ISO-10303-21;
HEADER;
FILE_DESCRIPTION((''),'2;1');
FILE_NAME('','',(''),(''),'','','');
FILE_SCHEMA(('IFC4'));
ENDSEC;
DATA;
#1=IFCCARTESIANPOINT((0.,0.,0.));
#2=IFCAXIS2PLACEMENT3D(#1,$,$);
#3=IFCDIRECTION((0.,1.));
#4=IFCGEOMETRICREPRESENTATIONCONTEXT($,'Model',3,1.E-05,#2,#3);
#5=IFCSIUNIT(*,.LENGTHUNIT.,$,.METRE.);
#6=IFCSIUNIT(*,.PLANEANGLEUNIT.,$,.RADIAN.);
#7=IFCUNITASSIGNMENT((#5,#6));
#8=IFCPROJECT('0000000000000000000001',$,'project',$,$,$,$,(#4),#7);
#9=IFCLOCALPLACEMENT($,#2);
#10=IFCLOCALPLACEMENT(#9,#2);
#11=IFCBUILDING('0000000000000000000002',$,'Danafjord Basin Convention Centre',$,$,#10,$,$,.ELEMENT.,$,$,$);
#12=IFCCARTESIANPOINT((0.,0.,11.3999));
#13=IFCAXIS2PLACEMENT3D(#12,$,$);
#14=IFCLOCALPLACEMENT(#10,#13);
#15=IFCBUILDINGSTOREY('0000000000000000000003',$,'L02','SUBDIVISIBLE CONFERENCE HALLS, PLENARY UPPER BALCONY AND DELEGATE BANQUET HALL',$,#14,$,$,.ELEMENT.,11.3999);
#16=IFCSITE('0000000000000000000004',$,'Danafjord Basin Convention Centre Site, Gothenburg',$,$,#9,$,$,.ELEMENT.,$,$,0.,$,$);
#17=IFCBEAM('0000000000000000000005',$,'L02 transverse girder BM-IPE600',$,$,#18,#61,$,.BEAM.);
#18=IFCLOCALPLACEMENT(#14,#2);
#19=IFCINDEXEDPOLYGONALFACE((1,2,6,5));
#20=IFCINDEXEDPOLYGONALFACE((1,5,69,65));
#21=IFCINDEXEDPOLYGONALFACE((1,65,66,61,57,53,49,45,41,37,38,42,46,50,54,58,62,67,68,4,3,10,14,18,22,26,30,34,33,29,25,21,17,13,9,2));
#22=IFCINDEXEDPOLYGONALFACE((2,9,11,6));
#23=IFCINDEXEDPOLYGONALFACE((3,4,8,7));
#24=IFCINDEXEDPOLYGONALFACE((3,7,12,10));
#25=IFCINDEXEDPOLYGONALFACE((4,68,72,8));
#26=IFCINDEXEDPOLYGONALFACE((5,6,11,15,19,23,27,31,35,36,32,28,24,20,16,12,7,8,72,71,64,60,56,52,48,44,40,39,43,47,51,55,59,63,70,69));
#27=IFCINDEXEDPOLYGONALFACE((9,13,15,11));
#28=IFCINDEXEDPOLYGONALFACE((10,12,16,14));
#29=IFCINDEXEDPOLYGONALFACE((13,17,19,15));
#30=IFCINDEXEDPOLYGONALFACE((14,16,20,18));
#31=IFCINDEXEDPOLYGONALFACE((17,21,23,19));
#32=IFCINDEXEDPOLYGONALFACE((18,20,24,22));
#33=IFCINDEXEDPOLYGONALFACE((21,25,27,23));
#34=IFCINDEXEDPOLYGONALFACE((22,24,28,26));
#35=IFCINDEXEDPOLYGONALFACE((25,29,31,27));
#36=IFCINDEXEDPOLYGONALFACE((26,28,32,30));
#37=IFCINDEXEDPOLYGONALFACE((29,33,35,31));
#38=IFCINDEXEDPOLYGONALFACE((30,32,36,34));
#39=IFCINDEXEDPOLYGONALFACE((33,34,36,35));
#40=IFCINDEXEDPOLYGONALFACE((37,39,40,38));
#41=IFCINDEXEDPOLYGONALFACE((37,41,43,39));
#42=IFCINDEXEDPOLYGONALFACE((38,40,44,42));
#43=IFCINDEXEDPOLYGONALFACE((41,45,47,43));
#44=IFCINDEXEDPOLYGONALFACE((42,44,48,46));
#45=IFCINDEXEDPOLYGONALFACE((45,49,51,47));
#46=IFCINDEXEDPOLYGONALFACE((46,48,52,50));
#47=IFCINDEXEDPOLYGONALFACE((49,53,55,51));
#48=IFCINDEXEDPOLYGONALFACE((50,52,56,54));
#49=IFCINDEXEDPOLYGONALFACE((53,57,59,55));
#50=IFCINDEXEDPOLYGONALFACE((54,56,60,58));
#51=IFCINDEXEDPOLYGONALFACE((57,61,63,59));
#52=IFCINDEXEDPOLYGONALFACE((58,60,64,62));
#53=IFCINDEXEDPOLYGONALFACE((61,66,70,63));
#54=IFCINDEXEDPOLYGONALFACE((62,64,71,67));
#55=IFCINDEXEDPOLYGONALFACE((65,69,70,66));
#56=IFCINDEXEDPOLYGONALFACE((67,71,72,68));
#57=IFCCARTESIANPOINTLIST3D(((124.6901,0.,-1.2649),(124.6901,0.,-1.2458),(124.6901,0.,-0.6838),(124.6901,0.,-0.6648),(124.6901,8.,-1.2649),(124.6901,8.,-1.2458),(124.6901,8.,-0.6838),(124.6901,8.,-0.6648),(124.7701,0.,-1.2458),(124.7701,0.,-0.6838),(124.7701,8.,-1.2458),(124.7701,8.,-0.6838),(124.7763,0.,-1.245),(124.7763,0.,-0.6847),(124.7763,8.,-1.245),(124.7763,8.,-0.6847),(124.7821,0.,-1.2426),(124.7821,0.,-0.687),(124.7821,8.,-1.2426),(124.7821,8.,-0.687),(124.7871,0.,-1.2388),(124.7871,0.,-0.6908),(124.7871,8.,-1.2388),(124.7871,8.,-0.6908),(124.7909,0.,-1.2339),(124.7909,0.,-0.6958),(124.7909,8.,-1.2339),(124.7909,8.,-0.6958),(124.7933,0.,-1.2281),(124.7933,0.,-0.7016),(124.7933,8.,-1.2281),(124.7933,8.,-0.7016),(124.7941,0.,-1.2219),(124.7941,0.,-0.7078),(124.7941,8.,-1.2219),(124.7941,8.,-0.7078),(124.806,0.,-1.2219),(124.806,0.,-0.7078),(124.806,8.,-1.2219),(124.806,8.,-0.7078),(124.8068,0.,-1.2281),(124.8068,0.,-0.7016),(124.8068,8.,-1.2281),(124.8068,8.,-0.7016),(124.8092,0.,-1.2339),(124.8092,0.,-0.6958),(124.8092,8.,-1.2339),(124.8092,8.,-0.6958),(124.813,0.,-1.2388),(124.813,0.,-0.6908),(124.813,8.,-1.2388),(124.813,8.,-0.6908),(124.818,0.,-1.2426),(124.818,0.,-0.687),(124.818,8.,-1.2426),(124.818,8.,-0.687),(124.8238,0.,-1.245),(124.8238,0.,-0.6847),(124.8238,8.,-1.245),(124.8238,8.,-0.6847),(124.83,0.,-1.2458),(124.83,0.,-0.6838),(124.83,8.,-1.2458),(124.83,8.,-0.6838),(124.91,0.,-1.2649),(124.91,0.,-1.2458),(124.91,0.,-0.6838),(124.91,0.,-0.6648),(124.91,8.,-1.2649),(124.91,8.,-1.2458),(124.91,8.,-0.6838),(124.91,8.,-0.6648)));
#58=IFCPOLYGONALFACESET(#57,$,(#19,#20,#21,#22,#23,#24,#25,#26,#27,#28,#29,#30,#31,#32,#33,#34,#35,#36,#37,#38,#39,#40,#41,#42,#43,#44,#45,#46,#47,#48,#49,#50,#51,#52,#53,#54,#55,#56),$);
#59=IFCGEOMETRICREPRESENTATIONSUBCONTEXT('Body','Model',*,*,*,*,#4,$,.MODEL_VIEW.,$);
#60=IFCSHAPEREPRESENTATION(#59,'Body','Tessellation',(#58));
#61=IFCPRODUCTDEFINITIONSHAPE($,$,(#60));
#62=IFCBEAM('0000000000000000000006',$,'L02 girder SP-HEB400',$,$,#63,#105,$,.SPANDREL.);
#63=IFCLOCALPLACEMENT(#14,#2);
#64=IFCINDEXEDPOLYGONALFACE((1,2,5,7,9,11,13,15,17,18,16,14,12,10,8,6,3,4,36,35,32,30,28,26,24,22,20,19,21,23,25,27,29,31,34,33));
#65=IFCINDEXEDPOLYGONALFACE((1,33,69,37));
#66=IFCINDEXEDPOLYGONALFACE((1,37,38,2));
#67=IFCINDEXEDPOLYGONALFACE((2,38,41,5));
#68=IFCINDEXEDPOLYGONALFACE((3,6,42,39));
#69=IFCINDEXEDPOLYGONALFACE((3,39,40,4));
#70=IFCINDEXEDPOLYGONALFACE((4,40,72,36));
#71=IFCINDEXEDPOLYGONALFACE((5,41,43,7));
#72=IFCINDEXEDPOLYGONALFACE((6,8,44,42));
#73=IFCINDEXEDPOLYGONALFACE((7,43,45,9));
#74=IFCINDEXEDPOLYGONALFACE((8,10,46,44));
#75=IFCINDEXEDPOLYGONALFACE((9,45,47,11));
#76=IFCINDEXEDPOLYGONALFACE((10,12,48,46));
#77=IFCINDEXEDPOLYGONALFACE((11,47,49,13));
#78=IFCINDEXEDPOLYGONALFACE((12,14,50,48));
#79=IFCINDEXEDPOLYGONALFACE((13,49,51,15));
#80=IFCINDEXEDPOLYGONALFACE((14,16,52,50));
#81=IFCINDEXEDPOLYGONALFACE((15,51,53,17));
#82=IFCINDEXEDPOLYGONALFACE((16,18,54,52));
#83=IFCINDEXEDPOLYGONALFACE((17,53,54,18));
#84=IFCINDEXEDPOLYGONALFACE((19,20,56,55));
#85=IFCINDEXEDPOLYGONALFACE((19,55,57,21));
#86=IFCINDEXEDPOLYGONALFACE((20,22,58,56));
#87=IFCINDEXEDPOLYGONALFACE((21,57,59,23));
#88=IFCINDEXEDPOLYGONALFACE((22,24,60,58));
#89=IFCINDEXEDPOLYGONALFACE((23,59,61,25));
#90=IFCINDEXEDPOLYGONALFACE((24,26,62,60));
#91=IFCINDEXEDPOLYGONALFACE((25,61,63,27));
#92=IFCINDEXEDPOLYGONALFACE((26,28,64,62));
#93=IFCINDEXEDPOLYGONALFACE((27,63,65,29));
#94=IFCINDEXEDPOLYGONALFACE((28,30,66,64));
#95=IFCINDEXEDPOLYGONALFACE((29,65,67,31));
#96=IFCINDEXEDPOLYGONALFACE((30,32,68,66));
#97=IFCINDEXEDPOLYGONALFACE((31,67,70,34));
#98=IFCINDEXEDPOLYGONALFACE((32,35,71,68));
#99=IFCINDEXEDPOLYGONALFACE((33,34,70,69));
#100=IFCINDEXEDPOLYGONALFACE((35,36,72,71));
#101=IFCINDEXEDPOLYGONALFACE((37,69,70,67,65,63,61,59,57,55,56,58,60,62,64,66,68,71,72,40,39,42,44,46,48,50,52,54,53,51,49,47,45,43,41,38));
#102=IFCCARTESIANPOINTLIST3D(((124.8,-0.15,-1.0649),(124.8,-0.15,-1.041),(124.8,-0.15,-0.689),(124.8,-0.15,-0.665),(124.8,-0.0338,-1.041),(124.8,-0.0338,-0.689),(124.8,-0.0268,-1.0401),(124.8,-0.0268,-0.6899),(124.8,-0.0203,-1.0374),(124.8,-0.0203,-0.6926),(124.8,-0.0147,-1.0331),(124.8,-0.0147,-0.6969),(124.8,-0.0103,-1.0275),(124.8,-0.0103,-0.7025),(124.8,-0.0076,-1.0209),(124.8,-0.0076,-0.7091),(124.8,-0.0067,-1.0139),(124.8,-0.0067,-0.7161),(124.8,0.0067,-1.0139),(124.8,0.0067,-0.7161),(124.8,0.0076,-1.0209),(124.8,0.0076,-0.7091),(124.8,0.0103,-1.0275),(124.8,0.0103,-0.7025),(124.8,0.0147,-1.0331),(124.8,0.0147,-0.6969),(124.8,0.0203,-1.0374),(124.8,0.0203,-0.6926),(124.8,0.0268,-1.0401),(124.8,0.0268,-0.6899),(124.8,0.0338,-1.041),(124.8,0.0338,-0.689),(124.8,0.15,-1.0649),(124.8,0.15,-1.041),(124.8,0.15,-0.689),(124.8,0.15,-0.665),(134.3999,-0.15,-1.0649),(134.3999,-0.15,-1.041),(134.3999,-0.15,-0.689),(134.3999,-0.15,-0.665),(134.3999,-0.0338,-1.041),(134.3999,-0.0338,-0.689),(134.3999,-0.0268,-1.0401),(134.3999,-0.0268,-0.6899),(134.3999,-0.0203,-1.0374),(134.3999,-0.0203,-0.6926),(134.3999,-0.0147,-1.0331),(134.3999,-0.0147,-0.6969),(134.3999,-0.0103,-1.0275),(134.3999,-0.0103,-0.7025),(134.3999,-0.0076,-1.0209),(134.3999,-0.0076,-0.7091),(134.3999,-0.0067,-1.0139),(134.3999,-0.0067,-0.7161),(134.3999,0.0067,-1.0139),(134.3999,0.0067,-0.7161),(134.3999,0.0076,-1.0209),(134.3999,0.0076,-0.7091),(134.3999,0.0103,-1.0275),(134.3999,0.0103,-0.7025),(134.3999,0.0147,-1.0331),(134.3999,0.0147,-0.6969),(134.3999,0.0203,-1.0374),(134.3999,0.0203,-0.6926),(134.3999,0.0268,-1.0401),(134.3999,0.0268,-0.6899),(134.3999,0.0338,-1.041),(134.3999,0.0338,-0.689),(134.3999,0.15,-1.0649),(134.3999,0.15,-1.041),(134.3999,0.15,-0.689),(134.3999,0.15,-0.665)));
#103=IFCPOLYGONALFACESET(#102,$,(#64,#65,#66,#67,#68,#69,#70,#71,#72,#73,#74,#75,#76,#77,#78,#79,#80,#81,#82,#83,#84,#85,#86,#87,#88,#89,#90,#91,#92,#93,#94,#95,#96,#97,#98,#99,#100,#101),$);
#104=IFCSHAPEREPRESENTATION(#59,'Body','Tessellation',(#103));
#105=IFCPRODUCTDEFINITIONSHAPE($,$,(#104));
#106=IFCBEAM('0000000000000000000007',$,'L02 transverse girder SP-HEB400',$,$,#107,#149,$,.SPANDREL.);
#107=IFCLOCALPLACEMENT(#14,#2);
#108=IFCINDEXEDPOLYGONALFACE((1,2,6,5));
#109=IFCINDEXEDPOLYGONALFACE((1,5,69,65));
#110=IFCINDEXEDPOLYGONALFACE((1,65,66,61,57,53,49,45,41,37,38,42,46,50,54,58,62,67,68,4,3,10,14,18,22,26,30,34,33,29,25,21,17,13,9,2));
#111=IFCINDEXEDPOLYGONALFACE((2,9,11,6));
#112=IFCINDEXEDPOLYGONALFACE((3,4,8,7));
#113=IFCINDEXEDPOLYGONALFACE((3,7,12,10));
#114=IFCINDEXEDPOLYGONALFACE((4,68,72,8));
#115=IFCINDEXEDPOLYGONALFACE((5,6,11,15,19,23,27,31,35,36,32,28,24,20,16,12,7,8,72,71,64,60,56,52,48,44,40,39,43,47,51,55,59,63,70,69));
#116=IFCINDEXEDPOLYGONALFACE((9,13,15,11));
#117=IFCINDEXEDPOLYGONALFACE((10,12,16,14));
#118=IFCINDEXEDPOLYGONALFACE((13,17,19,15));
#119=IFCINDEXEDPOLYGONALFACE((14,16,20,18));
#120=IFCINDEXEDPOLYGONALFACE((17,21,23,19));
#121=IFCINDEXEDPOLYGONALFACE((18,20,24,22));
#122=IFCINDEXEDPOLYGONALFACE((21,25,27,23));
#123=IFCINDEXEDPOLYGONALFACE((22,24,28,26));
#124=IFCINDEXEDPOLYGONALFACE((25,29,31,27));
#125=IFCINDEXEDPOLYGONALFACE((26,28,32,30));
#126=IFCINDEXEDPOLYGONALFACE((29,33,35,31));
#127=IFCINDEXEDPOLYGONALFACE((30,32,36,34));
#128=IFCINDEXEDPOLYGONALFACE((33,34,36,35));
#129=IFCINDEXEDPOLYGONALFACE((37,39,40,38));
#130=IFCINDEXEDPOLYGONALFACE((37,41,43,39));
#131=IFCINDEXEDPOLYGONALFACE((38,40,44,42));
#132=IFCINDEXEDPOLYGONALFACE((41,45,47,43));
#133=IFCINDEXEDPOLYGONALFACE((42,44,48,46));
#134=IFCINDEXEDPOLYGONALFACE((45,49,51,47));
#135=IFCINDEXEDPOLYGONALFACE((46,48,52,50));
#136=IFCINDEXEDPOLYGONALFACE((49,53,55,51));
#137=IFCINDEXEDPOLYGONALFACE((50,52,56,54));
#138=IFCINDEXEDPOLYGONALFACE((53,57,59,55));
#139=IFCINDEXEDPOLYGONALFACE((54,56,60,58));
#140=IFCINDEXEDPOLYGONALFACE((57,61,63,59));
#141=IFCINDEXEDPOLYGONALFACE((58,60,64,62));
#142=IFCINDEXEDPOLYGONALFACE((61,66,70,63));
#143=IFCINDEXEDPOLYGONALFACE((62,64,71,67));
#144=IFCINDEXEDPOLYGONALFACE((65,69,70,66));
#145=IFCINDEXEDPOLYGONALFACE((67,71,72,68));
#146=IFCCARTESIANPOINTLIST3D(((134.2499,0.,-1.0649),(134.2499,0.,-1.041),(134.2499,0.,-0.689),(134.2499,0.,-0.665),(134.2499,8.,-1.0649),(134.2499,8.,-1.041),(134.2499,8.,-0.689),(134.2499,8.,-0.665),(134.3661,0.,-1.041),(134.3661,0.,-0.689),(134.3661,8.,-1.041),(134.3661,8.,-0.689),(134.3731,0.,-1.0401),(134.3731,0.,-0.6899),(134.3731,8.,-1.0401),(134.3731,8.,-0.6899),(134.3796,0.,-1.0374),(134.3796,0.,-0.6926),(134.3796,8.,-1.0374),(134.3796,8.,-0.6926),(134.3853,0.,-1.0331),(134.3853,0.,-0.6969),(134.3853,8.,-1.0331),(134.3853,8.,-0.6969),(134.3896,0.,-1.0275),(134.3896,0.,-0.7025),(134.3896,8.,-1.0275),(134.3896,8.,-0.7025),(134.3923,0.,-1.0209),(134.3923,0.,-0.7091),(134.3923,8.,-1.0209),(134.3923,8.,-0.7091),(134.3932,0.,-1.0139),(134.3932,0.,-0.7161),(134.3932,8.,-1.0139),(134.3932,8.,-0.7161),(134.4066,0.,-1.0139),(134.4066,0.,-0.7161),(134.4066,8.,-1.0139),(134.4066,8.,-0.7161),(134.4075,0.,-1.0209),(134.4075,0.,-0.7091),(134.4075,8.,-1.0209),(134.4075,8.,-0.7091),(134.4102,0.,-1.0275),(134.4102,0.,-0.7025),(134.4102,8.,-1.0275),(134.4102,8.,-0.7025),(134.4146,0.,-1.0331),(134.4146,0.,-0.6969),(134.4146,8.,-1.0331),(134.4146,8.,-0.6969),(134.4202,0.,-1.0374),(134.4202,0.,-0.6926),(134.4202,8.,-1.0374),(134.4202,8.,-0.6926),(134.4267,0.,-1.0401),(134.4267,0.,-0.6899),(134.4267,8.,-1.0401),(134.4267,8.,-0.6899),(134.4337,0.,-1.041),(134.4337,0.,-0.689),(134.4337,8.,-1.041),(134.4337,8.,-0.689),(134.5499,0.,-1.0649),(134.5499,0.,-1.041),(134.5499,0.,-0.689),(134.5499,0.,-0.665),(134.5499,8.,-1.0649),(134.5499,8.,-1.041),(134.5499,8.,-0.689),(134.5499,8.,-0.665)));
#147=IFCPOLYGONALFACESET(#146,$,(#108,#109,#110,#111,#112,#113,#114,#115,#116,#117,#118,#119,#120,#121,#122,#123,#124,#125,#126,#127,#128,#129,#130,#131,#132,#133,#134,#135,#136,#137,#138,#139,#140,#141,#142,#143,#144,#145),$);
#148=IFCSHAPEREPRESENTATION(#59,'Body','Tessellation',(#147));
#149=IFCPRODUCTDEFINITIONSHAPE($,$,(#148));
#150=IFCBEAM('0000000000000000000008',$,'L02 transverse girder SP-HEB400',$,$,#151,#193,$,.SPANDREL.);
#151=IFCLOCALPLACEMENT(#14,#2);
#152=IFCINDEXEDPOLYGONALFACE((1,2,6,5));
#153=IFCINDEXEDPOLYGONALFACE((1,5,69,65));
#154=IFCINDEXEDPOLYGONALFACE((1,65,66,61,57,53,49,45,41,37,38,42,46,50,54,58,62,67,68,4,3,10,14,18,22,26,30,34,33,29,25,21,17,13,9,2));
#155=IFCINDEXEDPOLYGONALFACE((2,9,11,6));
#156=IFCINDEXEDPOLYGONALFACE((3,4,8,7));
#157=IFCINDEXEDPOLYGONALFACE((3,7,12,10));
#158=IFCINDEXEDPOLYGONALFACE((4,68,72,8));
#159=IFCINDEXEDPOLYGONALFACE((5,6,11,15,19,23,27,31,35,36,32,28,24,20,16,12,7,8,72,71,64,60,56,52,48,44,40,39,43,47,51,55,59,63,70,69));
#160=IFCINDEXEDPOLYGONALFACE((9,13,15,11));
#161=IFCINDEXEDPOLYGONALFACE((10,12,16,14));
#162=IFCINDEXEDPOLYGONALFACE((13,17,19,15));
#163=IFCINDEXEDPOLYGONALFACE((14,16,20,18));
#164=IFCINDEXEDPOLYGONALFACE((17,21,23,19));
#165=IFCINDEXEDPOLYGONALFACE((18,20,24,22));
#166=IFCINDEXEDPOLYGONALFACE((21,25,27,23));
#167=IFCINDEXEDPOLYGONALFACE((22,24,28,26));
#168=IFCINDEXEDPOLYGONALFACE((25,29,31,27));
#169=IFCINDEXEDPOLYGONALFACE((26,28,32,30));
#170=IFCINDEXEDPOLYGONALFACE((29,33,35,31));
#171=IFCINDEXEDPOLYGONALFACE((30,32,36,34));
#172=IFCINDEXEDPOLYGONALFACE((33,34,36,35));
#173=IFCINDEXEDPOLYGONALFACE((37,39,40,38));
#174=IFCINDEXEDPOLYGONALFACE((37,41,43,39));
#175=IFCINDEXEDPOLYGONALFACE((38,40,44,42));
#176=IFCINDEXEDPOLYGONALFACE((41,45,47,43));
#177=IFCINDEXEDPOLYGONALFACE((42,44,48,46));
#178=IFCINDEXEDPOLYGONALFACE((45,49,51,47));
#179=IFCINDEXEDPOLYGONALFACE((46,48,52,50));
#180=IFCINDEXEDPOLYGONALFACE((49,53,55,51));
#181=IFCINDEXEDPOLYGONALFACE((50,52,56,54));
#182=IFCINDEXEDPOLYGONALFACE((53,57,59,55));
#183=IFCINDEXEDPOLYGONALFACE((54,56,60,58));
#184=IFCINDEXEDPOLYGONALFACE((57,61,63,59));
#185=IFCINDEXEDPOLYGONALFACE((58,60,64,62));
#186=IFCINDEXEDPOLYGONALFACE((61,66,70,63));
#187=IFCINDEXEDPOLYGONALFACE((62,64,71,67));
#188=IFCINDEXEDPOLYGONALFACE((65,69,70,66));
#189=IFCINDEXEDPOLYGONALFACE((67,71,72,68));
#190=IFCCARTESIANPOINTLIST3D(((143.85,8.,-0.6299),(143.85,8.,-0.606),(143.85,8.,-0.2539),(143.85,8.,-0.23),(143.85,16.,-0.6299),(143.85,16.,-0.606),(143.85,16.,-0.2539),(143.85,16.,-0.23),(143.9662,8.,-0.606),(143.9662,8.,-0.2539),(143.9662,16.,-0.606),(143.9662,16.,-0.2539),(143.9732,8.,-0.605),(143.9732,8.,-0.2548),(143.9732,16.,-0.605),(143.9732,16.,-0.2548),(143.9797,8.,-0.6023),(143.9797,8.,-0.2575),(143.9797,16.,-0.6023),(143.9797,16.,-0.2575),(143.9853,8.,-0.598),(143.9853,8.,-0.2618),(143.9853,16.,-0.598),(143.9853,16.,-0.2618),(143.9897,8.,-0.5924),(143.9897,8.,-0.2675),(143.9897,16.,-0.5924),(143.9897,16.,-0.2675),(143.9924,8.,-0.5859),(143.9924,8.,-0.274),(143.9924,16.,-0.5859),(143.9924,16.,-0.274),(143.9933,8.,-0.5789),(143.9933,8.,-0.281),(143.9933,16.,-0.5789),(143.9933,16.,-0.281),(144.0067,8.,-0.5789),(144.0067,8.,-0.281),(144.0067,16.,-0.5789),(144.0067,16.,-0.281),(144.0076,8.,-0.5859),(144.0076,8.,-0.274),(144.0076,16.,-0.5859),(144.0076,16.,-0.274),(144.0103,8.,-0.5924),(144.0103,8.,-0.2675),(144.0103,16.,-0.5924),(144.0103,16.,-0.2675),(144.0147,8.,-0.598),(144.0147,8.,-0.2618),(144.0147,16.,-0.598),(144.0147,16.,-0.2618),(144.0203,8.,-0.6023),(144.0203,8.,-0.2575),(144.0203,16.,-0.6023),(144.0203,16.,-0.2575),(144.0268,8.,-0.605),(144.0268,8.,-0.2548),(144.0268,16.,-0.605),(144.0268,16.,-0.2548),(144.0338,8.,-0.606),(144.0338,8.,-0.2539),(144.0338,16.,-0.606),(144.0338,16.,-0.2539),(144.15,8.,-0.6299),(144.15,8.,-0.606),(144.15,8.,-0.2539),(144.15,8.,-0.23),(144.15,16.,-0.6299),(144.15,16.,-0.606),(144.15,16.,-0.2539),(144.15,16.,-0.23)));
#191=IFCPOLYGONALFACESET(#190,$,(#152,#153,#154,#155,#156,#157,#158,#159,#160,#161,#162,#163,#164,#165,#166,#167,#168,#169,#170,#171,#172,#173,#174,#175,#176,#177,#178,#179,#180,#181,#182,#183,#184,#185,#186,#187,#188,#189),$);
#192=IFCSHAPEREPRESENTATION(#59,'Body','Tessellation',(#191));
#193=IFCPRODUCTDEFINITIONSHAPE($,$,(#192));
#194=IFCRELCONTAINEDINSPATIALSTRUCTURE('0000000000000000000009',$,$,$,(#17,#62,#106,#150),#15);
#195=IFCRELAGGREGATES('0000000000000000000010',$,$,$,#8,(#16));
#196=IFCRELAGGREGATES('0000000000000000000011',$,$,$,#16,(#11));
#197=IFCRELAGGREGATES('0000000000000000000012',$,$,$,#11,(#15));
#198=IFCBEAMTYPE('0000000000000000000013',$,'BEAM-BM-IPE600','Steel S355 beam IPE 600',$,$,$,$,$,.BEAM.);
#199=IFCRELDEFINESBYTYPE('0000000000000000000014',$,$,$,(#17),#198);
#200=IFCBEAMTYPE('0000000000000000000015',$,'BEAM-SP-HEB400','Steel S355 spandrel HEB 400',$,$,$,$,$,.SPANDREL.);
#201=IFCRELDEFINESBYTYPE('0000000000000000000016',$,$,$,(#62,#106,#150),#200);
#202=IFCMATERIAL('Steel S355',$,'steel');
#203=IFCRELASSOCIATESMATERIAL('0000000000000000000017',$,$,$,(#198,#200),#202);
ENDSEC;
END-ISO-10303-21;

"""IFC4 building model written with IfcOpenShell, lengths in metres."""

from ifc_helpers import new_model, si_unit, direction, frame, origin, origin_2d, place, context, subcontext, project, spatial, i_section, extrude, material, material_profile, profile_set, type_object, element, save


model = new_model("IFC4")

# Units and contexts
model_context = context("Model", 3, precision=1e-05, world=origin(), true_north=direction((0.0, 1.0)))
body_context = subcontext(model_context, "Body", "Model", "MODEL_VIEW")
ifc_project = project(units=[si_unit("LENGTHUNIT", "METRE"), si_unit("PLANEANGLEUNIT", "RADIAN")], contexts=[model_context])

# Site, building, storey
site_placement = place(None, origin())
site = spatial("IfcSite", under=ifc_project, at=site_placement, Name="Danafjord Basin Convention Centre Site, Gothenburg", CompositionType="ELEMENT", RefElevation=0.0)
building_placement = place(site_placement, origin())
building = spatial("IfcBuilding", under=site, at=building_placement, Name="Danafjord Basin Convention Centre", CompositionType="ELEMENT")
storey_placement = place(building_placement, frame((0.0, 0.0, 11.3999)))
storey = spatial("IfcBuildingStorey", under=building, at=storey_placement, Name="L02", Description="SUBDIVISIBLE CONFERENCE HALLS, PLENARY UPPER BALCONY AND DELEGATE BANQUET HALL", CompositionType="ELEMENT", Elevation=11.3999)

# Shared definitions
ifc_material_1 = material(Name="Steel S355", Category="steel")

# Beams
ifc_material_profile_1 = material_profile(ifc_material_1, i_section(OverallWidth=0.22, OverallDepth=0.6001, WebThickness=0.012, FlangeThickness=0.019, FilletRadius=0.0239, at=origin_2d()), Name="IPE 600")
ifc_profile_set_1 = profile_set([ifc_material_profile_1], Name="Steel S355")
beam_type_1 = type_object("IfcBeamType", Name="BEAM-BM-IPE600", Description="Steel S355 beam IPE 600", PredefinedType="BEAM", material=ifc_profile_set_1)
beam_1_placement = place(storey_placement, frame((124.8, 0.0, -0.9648), z_axis=(0.0, 1.0, 0.0), x_axis=(-1.0, 0.0, 0.0)))
element("IfcBeam", 1, at=beam_1_placement, inside=storey, type_object=beam_type_1, Name="L02 transverse girder BM-IPE600", PredefinedType="BEAM", context=body_context, shape_type="SweptSolid", body=[
    extrude(i_section(OverallWidth=0.22, OverallDepth=0.6001, WebThickness=0.012, FlangeThickness=0.019, FilletRadius=0.0239, at=origin_2d()), origin(), (0.0, 0.0, 1.0), 8.0),
])
ifc_material_profile_2 = material_profile(ifc_material_1, i_section(OverallWidth=0.3, OverallDepth=0.3999, WebThickness=0.0134, FlangeThickness=0.0239, FilletRadius=0.0271, at=origin_2d()), Name="HEB 400")
ifc_profile_set_2 = profile_set([ifc_material_profile_2], Name="Steel S355")
beam_type_2 = type_object("IfcBeamType", Name="BEAM-SP-HEB400", Description="Steel S355 spandrel HEB 400", PredefinedType="SPANDREL", material=ifc_profile_set_2)
beam_2_placement = place(storey_placement, frame((124.8, 0.0, -0.865), z_axis=(1.0, 0.0, 0.0), x_axis=(0.0, 1.0, 0.0)))
element("IfcBeam", 2, at=beam_2_placement, inside=storey, type_object=beam_type_2, Name="L02 girder SP-HEB400", PredefinedType="SPANDREL", context=body_context, shape_type="SweptSolid", body=[
    extrude(i_section(OverallWidth=0.3, OverallDepth=0.3999, WebThickness=0.0134, FlangeThickness=0.0239, FilletRadius=0.0271, at=origin_2d()), origin(), (0.0, 0.0, 1.0), 9.5999),
])
for number, where, z_axis, x_axis, name in (
    (3, (134.3999, 0.0, -0.865), (0.0, 1.0, 0.0), (-1.0, 0.0, 0.0), "L02 transverse girder SP-HEB400"),
    (4, (144.0, 8.0, -0.4299), (0.0, 1.0, 0.0), (-1.0, 0.0, 0.0), "L02 transverse girder SP-HEB400"),
):
    element("IfcBeam", number, at=place(storey_placement, frame(where, z_axis=z_axis, x_axis=x_axis)), inside=storey, type_object=beam_type_2, Name=name, PredefinedType="SPANDREL", context=body_context, shape_type="SweptSolid", body=[
        extrude(i_section(OverallWidth=0.3, OverallDepth=0.3999, WebThickness=0.0134, FlangeThickness=0.0239, FilletRadius=0.0271, at=origin_2d()), origin(), (0.0, 0.0, 1.0), 8.0),
    ])

save(model, "model.ifc")
